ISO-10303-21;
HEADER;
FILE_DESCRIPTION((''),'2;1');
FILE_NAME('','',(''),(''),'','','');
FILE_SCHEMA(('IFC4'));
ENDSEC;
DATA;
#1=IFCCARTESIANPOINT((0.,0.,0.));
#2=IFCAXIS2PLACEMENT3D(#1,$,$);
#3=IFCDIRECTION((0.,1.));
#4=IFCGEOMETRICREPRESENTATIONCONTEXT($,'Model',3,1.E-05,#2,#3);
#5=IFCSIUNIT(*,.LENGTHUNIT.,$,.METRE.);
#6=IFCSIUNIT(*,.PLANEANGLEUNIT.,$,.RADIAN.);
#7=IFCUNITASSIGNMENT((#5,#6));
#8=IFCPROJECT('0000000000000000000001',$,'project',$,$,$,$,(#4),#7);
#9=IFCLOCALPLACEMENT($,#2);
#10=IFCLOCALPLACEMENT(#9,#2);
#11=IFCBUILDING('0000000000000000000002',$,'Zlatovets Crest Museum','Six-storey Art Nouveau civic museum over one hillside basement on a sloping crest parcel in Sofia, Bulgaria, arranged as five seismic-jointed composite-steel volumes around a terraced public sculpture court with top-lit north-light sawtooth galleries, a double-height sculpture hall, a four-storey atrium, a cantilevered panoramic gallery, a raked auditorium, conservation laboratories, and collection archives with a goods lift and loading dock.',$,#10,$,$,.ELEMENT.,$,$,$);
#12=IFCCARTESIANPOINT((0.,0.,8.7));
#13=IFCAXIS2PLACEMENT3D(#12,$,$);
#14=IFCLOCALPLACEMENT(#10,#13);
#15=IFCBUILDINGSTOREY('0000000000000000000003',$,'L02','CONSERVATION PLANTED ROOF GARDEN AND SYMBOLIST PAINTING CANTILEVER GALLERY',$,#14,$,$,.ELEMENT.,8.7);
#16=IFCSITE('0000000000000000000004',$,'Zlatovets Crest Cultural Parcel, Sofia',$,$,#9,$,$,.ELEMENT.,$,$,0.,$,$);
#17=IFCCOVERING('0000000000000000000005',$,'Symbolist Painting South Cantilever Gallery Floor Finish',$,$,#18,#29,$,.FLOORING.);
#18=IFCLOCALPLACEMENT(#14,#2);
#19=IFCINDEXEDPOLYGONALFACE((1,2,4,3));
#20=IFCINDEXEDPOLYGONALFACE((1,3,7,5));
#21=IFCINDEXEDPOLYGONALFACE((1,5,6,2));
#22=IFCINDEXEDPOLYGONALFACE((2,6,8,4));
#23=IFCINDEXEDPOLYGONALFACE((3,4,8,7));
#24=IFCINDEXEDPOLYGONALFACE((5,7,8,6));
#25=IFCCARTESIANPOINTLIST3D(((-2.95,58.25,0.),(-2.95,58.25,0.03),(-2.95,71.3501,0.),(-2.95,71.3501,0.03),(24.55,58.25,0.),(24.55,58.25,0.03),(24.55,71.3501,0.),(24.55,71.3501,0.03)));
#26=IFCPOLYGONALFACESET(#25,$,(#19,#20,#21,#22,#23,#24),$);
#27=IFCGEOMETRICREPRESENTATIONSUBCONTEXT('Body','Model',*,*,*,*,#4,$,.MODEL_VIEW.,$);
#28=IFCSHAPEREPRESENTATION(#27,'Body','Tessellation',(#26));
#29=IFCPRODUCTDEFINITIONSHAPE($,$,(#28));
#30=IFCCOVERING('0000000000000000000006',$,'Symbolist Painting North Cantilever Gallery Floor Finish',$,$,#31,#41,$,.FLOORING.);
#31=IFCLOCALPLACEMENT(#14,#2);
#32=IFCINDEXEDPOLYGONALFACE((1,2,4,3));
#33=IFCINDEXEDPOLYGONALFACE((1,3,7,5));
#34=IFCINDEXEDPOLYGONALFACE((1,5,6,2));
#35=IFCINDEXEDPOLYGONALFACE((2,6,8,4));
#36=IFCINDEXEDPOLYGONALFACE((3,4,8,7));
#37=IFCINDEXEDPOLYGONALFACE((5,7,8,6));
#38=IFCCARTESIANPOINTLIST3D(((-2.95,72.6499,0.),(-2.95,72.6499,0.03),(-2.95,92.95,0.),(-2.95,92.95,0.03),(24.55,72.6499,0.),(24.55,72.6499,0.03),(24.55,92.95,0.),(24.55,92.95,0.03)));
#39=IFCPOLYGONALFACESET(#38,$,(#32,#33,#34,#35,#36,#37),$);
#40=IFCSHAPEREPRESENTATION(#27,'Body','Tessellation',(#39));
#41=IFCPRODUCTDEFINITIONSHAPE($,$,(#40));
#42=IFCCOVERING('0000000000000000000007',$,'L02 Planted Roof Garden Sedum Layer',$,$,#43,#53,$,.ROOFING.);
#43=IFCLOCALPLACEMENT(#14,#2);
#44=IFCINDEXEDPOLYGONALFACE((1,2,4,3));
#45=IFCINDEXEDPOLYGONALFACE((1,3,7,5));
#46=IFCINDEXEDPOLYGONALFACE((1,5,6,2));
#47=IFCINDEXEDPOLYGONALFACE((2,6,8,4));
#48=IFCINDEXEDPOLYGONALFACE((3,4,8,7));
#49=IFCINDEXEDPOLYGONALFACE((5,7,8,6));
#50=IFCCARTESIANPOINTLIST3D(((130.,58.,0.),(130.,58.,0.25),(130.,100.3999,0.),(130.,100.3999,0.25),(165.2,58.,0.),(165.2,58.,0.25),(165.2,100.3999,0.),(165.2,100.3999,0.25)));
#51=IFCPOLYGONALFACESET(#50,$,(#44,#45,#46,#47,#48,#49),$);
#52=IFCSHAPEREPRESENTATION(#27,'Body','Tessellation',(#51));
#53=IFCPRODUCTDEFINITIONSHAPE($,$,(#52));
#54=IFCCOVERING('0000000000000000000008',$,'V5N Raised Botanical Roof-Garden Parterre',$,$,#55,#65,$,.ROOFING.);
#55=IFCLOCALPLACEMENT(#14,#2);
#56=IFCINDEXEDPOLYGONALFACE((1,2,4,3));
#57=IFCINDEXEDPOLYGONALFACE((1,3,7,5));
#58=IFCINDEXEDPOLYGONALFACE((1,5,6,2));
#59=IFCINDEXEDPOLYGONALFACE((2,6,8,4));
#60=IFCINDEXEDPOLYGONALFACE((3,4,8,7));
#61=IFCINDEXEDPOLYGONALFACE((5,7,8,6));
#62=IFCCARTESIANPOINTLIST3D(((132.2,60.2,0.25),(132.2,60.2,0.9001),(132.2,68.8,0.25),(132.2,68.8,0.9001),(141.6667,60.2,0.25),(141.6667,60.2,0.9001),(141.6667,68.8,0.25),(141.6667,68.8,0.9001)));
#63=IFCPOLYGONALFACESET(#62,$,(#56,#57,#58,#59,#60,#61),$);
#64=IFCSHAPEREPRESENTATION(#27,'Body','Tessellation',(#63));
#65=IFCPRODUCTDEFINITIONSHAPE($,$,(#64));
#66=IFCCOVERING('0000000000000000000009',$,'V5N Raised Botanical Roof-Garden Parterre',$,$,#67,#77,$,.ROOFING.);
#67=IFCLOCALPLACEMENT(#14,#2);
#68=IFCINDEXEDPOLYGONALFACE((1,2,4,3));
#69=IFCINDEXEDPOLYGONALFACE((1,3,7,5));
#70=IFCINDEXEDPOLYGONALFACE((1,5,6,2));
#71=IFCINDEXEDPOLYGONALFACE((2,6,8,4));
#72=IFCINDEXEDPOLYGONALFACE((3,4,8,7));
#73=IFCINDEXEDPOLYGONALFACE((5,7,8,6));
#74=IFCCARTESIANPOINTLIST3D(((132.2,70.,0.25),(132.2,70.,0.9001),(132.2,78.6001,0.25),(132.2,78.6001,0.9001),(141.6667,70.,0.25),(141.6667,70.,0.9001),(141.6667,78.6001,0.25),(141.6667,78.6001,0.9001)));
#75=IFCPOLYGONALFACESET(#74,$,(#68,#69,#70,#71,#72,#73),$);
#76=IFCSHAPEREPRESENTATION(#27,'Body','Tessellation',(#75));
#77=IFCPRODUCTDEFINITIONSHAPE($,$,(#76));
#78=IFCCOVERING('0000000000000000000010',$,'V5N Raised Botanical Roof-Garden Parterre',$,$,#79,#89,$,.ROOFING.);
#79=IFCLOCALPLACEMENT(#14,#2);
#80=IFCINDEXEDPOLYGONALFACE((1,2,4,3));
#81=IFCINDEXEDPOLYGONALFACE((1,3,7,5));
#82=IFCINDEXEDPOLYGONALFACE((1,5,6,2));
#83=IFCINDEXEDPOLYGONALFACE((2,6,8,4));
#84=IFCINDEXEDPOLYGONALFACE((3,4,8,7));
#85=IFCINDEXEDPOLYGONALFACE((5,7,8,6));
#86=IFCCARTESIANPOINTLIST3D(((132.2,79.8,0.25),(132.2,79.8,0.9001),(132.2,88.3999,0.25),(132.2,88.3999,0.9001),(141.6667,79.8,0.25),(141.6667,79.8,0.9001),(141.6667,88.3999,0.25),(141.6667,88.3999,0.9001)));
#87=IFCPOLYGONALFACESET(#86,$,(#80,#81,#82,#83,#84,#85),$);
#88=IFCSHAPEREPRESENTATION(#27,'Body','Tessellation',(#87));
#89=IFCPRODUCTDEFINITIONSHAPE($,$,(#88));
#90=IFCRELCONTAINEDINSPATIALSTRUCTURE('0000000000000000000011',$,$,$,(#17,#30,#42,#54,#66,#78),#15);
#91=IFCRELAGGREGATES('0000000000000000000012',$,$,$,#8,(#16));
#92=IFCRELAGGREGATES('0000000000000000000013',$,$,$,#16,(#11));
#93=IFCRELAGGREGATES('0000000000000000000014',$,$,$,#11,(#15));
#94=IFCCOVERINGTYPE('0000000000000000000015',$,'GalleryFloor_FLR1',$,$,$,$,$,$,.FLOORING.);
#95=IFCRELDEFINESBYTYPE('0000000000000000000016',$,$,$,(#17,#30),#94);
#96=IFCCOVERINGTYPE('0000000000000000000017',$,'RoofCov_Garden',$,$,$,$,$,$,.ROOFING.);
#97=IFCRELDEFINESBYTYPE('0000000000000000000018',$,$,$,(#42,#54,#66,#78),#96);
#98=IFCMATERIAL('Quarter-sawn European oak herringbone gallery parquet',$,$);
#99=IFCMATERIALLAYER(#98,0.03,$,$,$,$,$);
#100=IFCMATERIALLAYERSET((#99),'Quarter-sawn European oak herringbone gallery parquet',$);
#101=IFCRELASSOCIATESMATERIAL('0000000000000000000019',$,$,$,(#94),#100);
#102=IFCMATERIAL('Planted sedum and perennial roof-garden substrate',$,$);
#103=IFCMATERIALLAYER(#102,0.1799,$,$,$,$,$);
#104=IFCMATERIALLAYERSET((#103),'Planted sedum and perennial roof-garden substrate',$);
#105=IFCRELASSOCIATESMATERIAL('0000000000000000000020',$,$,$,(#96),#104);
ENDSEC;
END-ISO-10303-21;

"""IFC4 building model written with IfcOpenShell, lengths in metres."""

from ifc_helpers import new_model, si_unit, direction, frame, origin, place, context, subcontext, project, spatial, polyline, outline, extrude, material, layer, layer_set, type_object, element, save


model = new_model("IFC4")

# Units and contexts
model_context = context("Model", 3, precision=1e-05, world=origin(), true_north=direction((0.0, 1.0)))
body_context = subcontext(model_context, "Body", "Model", "MODEL_VIEW")
ifc_project = project(units=[si_unit("LENGTHUNIT", "METRE"), si_unit("PLANEANGLEUNIT", "RADIAN")], contexts=[model_context])

# Site, building, storey
site_placement = place(None, origin())
site = spatial("IfcSite", under=ifc_project, at=site_placement, Name="Zlatovets Crest Cultural Parcel, Sofia", CompositionType="ELEMENT", RefElevation=0.0)
building_placement = place(site_placement, origin())
building = spatial("IfcBuilding", under=site, at=building_placement, Name="Zlatovets Crest Museum", Description="Six-storey Art Nouveau civic museum over one hillside basement on a sloping crest parcel in Sofia, Bulgaria, arranged as five seismic-jointed composite-steel volumes around a terraced public sculpture court with top-lit north-light sawtooth galleries, a double-height sculpture hall, a four-storey atrium, a cantilevered panoramic gallery, a raked auditorium, conservation laboratories, and collection archives with a goods lift and loading dock.", CompositionType="ELEMENT")
storey_placement = place(building_placement, frame((0.0, 0.0, 8.7)))
storey = spatial("IfcBuildingStorey", under=building, at=storey_placement, Name="L02", Description="CONSERVATION PLANTED ROOF GARDEN AND SYMBOLIST PAINTING CANTILEVER GALLERY", CompositionType="ELEMENT", Elevation=8.7)

# Coverings
ifc_material_1 = material(Name="Quarter-sawn European oak herringbone gallery parquet")
ifc_layer_1 = layer(ifc_material_1, 0.03)
ifc_layer_set_1 = layer_set([ifc_layer_1], Name="Quarter-sawn European oak herringbone gallery parquet")
covering_type_1 = type_object("IfcCoveringType", Name="GalleryFloor_FLR1", PredefinedType="FLOORING", material=ifc_layer_set_1)
covering_1_placement = place(storey_placement, origin())
element("IfcCovering", 1, at=covering_1_placement, inside=storey, type_object=covering_type_1, Name="Symbolist Painting South Cantilever Gallery Floor Finish", PredefinedType="FLOORING", context=body_context, shape_type="SweptSolid", body=[
    extrude(outline(polyline([(-2.95, 58.25), (24.55, 58.25), (24.55, 71.3501), (-2.95, 71.3501), (-2.95, 58.25)])), origin(), (0.0, 0.0, 1.0), 0.03),
])
covering_2_placement = place(storey_placement, origin())
element("IfcCovering", 2, at=covering_2_placement, inside=storey, type_object=covering_type_1, Name="Symbolist Painting North Cantilever Gallery Floor Finish", PredefinedType="FLOORING", context=body_context, shape_type="SweptSolid", body=[
    extrude(outline(polyline([(-2.95, 72.6499), (24.55, 72.6499), (24.55, 92.95), (-2.95, 92.95), (-2.95, 72.6499)])), origin(), (0.0, 0.0, 1.0), 0.03),
])
ifc_material_2 = material(Name="Planted sedum and perennial roof-garden substrate")
ifc_layer_2 = layer(ifc_material_2, 0.1799)
ifc_layer_set_2 = layer_set([ifc_layer_2], Name="Planted sedum and perennial roof-garden substrate")
covering_type_2 = type_object("IfcCoveringType", Name="RoofCov_Garden", PredefinedType="ROOFING", material=ifc_layer_set_2)
covering_3_placement = place(storey_placement, origin())
element("IfcCovering", 3, at=covering_3_placement, inside=storey, type_object=covering_type_2, Name="L02 Planted Roof Garden Sedum Layer", PredefinedType="ROOFING", context=body_context, shape_type="SweptSolid", body=[
    extrude(outline(polyline([(165.2, 58.0), (165.2, 100.3999), (130.0, 100.3999), (130.0, 58.0), (165.2, 58.0)])), origin(), (0.0, 0.0, 1.0), 0.25),
])
covering_4_placement = place(storey_placement, frame((0.0, 0.0, 0.25)))
element("IfcCovering", 4, at=covering_4_placement, inside=storey, type_object=covering_type_2, Name="V5N Raised Botanical Roof-Garden Parterre", PredefinedType="ROOFING", context=body_context, shape_type="SweptSolid", body=[
    extrude(outline(polyline([(132.2, 60.2), (141.6667, 60.2), (141.6667, 68.8), (132.2, 68.8), (132.2, 60.2)])), origin(), (0.0, 0.0, 1.0), 0.6501),
])
covering_5_placement = place(storey_placement, frame((0.0, 0.0, 0.25)))
element("IfcCovering", 5, at=covering_5_placement, inside=storey, type_object=covering_type_2, Name="V5N Raised Botanical Roof-Garden Parterre", PredefinedType="ROOFING", context=body_context, shape_type="SweptSolid", body=[
    extrude(outline(polyline([(132.2, 70.0), (141.6667, 70.0), (141.6667, 78.6001), (132.2, 78.6001), (132.2, 70.0)])), origin(), (0.0, 0.0, 1.0), 0.6501),
])
covering_6_placement = place(storey_placement, frame((0.0, 0.0, 0.25)))
element("IfcCovering", 6, at=covering_6_placement, inside=storey, type_object=covering_type_2, Name="V5N Raised Botanical Roof-Garden Parterre", PredefinedType="ROOFING", context=body_context, shape_type="SweptSolid", body=[
    extrude(outline(polyline([(132.2, 79.8), (141.6667, 79.8), (141.6667, 88.3999), (132.2, 88.3999), (132.2, 79.8)])), origin(), (0.0, 0.0, 1.0), 0.6501),
])

save(model, "model.ifc")
